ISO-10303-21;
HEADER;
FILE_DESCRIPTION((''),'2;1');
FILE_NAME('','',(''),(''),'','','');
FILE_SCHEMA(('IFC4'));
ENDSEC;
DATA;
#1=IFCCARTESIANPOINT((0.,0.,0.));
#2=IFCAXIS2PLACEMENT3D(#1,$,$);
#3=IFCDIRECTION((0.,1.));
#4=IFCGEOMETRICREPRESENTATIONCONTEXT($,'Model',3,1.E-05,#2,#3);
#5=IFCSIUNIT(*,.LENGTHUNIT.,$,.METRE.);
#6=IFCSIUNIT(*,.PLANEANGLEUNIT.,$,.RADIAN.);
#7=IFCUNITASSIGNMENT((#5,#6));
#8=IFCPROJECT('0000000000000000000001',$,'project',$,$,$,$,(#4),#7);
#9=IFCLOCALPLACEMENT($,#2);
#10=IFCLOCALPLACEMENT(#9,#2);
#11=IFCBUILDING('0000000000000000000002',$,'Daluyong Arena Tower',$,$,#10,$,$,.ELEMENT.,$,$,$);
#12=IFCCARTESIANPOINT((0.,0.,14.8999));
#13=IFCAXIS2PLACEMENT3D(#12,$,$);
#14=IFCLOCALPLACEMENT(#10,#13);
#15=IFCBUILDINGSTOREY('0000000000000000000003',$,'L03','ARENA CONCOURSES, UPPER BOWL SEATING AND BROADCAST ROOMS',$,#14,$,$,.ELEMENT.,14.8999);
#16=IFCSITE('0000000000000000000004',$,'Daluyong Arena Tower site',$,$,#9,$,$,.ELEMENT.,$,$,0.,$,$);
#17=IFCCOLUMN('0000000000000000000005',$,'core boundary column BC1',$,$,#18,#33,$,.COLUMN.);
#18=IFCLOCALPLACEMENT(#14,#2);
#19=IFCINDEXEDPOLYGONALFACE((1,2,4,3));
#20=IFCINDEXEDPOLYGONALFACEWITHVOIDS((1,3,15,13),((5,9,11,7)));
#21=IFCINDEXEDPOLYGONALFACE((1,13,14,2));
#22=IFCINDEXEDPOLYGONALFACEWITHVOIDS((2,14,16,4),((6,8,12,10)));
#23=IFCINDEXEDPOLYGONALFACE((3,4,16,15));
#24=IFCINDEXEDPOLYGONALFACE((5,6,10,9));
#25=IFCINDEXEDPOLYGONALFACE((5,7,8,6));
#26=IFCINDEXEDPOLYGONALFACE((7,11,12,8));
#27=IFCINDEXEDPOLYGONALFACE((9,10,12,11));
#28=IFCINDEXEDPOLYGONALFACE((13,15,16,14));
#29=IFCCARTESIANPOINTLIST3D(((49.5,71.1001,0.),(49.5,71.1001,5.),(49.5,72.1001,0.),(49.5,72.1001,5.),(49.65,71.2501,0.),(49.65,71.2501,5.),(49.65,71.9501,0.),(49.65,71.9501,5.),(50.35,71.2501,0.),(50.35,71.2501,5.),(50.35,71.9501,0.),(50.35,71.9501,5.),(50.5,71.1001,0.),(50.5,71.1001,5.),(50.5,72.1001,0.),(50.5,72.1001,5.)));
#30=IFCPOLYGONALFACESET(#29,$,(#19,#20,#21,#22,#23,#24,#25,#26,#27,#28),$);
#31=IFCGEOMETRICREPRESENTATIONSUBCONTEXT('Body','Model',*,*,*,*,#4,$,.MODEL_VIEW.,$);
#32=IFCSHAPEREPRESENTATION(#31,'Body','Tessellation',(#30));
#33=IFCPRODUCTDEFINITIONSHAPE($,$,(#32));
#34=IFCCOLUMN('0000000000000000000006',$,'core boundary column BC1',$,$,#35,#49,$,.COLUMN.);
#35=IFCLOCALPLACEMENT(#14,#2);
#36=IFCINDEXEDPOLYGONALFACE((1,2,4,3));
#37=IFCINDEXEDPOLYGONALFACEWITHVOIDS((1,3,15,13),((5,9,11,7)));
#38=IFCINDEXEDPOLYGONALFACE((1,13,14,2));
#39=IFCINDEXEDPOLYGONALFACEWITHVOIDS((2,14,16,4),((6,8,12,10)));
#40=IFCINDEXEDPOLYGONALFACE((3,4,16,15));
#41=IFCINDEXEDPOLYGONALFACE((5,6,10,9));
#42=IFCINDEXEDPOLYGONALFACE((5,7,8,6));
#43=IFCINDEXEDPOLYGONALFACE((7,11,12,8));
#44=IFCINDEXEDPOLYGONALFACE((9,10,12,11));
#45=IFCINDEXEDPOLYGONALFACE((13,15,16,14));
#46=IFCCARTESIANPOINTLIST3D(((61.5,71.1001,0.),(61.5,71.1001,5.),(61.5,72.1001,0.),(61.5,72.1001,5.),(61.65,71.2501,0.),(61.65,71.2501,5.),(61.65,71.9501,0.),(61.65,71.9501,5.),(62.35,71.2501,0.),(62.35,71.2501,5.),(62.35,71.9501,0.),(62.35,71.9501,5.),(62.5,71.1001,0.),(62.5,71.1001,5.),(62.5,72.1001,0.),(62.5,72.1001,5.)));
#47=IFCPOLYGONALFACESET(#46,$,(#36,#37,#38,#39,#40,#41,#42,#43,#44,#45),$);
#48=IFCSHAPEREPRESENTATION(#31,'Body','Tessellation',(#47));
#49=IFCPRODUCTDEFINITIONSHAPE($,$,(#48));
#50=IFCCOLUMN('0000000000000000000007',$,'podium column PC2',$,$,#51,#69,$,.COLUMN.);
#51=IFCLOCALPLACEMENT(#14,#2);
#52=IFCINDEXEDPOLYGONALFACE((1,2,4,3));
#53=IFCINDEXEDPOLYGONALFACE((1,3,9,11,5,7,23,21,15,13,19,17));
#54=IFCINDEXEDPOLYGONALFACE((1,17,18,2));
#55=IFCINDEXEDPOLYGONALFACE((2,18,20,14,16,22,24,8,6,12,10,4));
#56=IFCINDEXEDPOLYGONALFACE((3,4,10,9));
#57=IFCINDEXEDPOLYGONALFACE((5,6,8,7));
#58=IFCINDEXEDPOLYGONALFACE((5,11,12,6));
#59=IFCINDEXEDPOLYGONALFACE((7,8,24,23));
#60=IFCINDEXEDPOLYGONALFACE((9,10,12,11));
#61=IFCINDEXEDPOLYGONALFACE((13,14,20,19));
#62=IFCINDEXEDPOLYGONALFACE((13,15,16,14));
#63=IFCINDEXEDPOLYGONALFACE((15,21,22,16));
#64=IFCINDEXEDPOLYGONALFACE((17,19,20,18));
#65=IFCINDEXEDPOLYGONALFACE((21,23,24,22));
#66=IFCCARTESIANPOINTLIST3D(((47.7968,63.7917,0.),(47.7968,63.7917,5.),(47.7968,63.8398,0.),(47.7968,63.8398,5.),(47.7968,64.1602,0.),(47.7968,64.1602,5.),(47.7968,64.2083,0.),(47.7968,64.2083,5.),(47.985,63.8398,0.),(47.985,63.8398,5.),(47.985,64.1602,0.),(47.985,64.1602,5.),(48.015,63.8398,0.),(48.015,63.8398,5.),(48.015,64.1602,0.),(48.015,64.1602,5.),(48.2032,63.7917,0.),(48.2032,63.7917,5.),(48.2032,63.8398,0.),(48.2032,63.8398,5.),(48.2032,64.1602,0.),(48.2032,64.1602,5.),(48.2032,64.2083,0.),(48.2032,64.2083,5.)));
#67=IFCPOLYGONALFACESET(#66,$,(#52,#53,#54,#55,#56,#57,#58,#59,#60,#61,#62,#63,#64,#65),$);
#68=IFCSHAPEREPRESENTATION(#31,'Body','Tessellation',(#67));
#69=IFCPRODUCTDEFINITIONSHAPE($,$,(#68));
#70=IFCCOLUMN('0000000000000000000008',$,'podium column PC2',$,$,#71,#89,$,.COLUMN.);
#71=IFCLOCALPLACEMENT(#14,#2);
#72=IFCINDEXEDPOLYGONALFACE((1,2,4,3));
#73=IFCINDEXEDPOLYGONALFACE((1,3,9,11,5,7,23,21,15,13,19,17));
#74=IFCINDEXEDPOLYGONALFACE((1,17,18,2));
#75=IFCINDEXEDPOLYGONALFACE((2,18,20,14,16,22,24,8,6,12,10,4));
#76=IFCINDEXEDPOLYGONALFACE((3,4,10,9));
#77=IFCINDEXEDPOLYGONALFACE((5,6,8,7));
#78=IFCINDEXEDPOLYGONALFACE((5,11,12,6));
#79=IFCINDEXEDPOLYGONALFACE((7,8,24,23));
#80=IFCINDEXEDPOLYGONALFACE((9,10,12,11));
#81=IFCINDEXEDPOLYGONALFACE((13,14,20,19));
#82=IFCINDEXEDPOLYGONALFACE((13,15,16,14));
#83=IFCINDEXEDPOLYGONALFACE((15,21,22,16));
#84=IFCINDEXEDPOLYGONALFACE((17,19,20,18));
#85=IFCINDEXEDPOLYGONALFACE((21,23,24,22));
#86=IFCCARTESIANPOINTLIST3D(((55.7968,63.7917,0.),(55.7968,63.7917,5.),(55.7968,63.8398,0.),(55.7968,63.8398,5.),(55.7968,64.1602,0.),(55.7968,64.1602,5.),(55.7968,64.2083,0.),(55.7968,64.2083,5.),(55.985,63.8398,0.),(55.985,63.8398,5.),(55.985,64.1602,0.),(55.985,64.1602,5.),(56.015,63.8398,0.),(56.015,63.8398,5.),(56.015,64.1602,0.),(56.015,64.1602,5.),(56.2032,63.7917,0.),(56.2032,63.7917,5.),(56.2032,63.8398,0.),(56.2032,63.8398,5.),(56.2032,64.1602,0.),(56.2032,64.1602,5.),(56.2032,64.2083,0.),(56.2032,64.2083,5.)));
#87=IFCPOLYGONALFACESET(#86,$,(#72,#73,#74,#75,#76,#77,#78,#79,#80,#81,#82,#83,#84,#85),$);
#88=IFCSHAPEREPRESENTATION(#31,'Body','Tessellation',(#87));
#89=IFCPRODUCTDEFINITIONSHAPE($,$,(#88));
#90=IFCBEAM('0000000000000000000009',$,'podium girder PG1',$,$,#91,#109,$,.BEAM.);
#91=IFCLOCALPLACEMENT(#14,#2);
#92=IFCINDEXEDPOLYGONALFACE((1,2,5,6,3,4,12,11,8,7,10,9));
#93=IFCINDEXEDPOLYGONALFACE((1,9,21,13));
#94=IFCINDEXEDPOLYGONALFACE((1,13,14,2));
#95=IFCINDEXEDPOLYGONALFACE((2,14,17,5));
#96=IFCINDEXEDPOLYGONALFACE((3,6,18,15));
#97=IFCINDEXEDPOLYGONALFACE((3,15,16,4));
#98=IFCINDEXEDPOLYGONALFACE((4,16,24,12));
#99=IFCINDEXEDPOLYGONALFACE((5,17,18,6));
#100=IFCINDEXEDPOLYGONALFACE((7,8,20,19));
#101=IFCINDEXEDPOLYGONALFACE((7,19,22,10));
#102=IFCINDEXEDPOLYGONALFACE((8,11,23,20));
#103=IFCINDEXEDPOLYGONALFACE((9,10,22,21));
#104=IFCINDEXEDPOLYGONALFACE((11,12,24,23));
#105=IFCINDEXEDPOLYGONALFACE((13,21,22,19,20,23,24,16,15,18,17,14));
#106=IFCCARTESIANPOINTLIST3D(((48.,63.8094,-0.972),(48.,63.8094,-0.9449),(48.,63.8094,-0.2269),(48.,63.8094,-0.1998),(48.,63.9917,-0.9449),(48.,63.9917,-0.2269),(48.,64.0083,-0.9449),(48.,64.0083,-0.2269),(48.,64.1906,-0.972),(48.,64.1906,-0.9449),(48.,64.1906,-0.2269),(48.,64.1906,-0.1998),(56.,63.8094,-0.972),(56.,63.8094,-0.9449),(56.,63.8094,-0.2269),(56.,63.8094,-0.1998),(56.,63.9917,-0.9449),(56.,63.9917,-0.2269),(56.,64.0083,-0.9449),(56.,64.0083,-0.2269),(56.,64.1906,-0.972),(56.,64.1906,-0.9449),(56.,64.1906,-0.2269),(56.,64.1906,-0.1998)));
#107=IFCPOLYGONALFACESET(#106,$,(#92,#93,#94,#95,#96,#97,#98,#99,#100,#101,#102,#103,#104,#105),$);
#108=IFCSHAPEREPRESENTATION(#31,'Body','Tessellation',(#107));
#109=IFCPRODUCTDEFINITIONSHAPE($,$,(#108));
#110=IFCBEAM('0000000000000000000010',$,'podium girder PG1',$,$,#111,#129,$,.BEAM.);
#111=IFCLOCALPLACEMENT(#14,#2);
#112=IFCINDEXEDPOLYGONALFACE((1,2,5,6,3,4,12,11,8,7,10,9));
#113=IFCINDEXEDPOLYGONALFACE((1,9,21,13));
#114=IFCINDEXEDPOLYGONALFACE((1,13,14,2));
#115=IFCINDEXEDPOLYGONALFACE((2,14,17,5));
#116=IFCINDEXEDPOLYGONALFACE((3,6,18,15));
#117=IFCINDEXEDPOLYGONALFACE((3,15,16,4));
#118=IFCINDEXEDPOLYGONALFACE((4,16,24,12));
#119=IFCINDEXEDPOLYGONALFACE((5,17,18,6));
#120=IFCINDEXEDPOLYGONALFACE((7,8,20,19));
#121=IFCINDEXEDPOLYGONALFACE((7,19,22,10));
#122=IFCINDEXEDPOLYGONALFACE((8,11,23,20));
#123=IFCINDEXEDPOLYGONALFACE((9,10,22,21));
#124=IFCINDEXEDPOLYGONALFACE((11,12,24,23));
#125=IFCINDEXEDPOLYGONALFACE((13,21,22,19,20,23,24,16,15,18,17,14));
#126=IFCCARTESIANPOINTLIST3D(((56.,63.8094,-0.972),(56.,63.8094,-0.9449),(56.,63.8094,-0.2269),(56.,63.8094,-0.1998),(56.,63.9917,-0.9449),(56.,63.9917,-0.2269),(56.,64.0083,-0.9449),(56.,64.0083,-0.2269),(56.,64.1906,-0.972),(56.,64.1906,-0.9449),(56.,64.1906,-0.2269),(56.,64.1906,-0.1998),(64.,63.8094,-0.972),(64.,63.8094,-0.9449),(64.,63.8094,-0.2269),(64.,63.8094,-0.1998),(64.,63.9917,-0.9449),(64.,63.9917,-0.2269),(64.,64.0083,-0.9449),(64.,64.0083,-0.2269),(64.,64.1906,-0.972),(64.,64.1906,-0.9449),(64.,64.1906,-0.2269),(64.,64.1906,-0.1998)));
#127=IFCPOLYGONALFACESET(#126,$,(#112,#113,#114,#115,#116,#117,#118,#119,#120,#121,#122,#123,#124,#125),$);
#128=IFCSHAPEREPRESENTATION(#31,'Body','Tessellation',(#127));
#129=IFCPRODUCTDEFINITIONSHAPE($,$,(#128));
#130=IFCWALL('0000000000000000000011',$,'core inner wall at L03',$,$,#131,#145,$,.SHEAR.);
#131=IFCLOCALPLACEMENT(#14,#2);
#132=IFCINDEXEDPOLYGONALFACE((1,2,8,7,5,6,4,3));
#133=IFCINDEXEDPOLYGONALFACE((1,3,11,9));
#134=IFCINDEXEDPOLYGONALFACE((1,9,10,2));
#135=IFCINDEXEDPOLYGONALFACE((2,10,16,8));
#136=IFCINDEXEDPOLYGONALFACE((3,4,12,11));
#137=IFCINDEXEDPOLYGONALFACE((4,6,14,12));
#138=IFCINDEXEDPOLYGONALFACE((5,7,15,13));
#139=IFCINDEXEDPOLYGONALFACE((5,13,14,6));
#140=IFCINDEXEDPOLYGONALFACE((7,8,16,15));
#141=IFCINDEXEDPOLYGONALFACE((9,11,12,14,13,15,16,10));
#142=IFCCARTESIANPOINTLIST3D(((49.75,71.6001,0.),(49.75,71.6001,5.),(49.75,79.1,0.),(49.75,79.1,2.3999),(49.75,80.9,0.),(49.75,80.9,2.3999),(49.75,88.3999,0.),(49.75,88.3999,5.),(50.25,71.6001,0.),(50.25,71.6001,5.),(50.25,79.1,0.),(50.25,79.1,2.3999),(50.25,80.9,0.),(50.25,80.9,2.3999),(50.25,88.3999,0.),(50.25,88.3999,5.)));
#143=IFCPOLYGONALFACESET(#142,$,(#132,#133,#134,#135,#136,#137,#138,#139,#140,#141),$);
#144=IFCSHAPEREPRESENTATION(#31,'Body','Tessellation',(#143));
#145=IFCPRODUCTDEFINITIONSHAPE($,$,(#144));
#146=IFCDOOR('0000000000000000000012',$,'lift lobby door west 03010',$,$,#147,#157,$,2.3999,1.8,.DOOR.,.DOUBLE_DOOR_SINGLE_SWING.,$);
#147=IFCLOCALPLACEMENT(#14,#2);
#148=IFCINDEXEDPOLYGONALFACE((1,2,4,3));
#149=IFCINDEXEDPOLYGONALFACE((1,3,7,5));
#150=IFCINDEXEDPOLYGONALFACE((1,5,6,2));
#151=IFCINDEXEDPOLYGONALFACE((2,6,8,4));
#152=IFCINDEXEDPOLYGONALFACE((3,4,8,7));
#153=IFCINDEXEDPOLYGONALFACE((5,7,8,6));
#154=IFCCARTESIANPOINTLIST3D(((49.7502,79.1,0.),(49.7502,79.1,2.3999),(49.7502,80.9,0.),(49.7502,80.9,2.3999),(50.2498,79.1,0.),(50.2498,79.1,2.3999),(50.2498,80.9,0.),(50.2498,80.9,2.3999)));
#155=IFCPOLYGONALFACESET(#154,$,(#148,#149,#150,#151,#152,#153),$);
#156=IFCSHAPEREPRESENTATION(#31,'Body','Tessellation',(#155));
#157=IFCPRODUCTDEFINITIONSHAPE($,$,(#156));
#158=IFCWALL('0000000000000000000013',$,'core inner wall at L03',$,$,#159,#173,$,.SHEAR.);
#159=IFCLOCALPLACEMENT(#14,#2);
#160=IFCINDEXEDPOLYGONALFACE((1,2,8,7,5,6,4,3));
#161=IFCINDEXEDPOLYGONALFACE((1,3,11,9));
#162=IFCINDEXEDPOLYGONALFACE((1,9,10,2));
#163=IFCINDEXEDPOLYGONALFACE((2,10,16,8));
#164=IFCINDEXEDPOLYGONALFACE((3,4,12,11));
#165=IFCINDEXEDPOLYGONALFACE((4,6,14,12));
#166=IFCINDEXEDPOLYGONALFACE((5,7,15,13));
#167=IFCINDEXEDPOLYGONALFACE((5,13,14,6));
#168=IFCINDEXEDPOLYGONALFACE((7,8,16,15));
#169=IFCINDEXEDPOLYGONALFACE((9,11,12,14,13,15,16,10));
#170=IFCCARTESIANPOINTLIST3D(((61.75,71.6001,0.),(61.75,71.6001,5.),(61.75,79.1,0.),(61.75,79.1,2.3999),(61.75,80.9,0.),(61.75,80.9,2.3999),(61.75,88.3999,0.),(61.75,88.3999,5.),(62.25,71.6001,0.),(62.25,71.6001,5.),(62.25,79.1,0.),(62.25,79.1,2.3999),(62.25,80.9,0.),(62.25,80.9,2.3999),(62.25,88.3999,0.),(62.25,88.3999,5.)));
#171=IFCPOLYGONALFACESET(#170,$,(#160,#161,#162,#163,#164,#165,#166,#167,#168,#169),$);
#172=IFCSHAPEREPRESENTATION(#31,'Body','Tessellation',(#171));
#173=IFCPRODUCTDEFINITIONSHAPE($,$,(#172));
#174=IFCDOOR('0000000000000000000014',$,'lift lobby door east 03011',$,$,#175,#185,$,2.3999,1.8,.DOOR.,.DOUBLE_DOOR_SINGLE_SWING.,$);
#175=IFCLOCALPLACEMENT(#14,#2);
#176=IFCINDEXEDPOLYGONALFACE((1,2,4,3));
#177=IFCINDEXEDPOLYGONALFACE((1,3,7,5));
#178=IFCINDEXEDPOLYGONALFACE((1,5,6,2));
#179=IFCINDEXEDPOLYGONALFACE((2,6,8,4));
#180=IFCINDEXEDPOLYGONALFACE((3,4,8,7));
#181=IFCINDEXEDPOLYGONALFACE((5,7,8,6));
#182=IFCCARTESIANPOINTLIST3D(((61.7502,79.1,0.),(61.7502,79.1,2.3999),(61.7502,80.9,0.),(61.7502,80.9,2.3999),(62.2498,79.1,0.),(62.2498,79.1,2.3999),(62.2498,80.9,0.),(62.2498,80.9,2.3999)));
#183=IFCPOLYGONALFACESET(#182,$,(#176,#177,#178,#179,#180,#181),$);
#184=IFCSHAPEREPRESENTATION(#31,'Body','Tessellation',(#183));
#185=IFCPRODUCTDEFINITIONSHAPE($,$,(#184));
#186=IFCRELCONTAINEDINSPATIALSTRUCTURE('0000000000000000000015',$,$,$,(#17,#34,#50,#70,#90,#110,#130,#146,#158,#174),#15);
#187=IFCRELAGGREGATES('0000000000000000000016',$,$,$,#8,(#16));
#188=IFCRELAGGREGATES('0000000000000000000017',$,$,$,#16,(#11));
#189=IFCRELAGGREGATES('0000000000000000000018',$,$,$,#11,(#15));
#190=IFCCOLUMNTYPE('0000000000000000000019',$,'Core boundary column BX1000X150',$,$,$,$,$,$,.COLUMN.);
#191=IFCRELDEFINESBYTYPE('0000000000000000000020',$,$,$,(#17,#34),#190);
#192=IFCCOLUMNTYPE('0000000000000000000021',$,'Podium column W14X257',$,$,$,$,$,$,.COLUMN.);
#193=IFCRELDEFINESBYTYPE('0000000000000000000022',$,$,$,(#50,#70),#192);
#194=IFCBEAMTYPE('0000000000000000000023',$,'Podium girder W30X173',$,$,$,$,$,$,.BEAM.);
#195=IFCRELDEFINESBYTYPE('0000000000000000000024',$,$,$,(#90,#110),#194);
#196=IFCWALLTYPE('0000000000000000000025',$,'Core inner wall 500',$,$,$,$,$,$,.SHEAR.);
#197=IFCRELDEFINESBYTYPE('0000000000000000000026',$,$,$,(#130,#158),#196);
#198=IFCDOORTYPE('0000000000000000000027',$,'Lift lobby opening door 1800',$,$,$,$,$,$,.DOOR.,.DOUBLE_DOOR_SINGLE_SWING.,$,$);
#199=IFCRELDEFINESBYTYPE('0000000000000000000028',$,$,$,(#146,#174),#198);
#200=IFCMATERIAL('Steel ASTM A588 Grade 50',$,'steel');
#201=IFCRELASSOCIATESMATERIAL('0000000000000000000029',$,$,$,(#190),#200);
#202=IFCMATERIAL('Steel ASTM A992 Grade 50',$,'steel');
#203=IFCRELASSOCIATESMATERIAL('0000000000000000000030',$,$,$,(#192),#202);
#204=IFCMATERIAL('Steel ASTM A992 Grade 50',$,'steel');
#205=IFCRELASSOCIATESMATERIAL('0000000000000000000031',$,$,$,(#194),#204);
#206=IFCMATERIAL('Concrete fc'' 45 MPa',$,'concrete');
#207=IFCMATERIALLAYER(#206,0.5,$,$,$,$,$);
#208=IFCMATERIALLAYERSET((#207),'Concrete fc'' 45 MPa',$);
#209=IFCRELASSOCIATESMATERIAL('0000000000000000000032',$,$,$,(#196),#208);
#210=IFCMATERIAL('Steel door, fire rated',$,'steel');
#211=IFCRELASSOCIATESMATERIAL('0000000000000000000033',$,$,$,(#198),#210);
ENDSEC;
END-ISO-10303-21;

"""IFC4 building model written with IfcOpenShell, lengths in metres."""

from ifc_helpers import new_model, si_unit, direction, frame, frame_2d, origin, origin_2d, place, context, subcontext, project, spatial, rectangle, hollow_rectangle, i_section, extrude, material, layer, layer_set, material_profile, profile_set, type_object, element, fill, save


model = new_model("IFC4")

# Units and contexts
model_context = context("Model", 3, precision=1e-05, world=origin(), true_north=direction((0.0, 1.0)))
body_context = subcontext(model_context, "Body", "Model", "MODEL_VIEW")
ifc_project = project(units=[si_unit("LENGTHUNIT", "METRE"), si_unit("PLANEANGLEUNIT", "RADIAN")], contexts=[model_context])

# Site, building, storey
site_placement = place(None, origin())
site = spatial("IfcSite", under=ifc_project, at=site_placement, Name="Daluyong Arena Tower site", CompositionType="ELEMENT", RefElevation=0.0)
building_placement = place(site_placement, origin())
building = spatial("IfcBuilding", under=site, at=building_placement, Name="Daluyong Arena Tower", CompositionType="ELEMENT")
storey_placement = place(building_placement, frame((0.0, 0.0, 14.8999)))
storey = spatial("IfcBuildingStorey", under=building, at=storey_placement, Name="L03", Description="ARENA CONCOURSES, UPPER BOWL SEATING AND BROADCAST ROOMS", CompositionType="ELEMENT", Elevation=14.8999)

# Columns
ifc_material_1 = material(Name="Steel ASTM A588 Grade 50", Category="steel")
ifc_material_profile_1 = material_profile(ifc_material_1, hollow_rectangle(XDim=1.0, YDim=1.0, WallThickness=0.15, at=origin_2d()))
ifc_profile_set_1 = profile_set([ifc_material_profile_1], Name="Steel ASTM A588 Grade 50")
column_type_1 = type_object("IfcColumnType", Name="Core boundary column BX1000X150", PredefinedType="COLUMN", material=ifc_profile_set_1)
for number, where, z_axis, x_axis, name in (
    (1, (50.0, 71.6001, 0.0), (0.0, 0.0, 1.0), (1.0, 0.0, 0.0), "core boundary column BC1"),
    (2, (62.0, 71.6001, 0.0), (0.0, 0.0, 1.0), (1.0, 0.0, 0.0), "core boundary column BC1"),
):
    element("IfcColumn", number, at=place(storey_placement, frame(where, z_axis=z_axis, x_axis=x_axis)), inside=storey, type_object=column_type_1, Name=name, PredefinedType="COLUMN", context=body_context, shape_type="SweptSolid", body=[
        extrude(hollow_rectangle(XDim=1.0, YDim=1.0, WallThickness=0.15, at=origin_2d()), origin(), (0.0, 0.0, 1.0), 5.0),
    ])
ifc_material_2 = material(Name="Steel ASTM A992 Grade 50", Category="steel")
ifc_material_profile_2 = material_profile(ifc_material_2, i_section(OverallWidth=0.4065, OverallDepth=0.4165, WebThickness=0.03, FlangeThickness=0.0481, at=origin_2d()))
ifc_profile_set_2 = profile_set([ifc_material_profile_2], Name="Steel ASTM A992 Grade 50")
column_type_2 = type_object("IfcColumnType", Name="Podium column W14X257", PredefinedType="COLUMN", material=ifc_profile_set_2)
for number, where, z_axis, x_axis, name in (
    (3, (48.0, 64.0, 0.0), (0.0, 0.0, 1.0), (1.0, 0.0, 0.0), "podium column PC2"),
    (4, (56.0, 64.0, 0.0), (0.0, 0.0, 1.0), (1.0, 0.0, 0.0), "podium column PC2"),
):
    element("IfcColumn", number, at=place(storey_placement, frame(where, z_axis=z_axis, x_axis=x_axis)), inside=storey, type_object=column_type_2, Name=name, PredefinedType="COLUMN", context=body_context, shape_type="SweptSolid", body=[
        extrude(i_section(OverallWidth=0.4065, OverallDepth=0.4165, WebThickness=0.03, FlangeThickness=0.0481, at=origin_2d()), origin(), (0.0, 0.0, 1.0), 5.0),
    ])

# Beams
ifc_material_3 = material(Name="Steel ASTM A992 Grade 50", Category="steel")
ifc_material_profile_3 = material_profile(ifc_material_3, i_section(OverallWidth=0.3811, OverallDepth=0.7722, WebThickness=0.0166, FlangeThickness=0.0271, at=origin_2d()))
ifc_profile_set_3 = profile_set([ifc_material_profile_3], Name="Steel ASTM A992 Grade 50")
beam_type = type_object("IfcBeamType", Name="Podium girder W30X173", PredefinedType="BEAM", material=ifc_profile_set_3)
for number, where, z_axis, x_axis, name in (
    (5, (48.0, 64.0, -0.5859), (1.0, 0.0, 0.0), (0.0, 1.0, 0.0), "podium girder PG1"),
    (6, (56.0, 64.0, -0.5859), (1.0, 0.0, 0.0), (0.0, 1.0, 0.0), "podium girder PG1"),
):
    element("IfcBeam", number, at=place(storey_placement, frame(where, z_axis=z_axis, x_axis=x_axis)), inside=storey, type_object=beam_type, Name=name, PredefinedType="BEAM", context=body_context, shape_type="SweptSolid", body=[
        extrude(i_section(OverallWidth=0.3811, OverallDepth=0.7722, WebThickness=0.0166, FlangeThickness=0.0271, at=origin_2d()), origin(), (0.0, 0.0, 1.0), 8.0),
    ])

# Walls, openings, doors
ifc_material_4 = material(Name="Concrete fc' 45 MPa", Category="concrete")
ifc_layer_1 = layer(ifc_material_4, 0.5)
ifc_layer_set_1 = layer_set([ifc_layer_1], Name="Concrete fc' 45 MPa")
wall_type_1 = type_object("IfcWallType", Name="Core inner wall 500", PredefinedType="SHEAR", material=ifc_layer_set_1)
wall_1_placement = place(storey_placement, frame((50.0, 71.6001, 0.0), z_axis=(0.0, 0.0, 1.0), x_axis=(0.0, 1.0, 0.0)))
wall_1 = element("IfcWall", 7, at=wall_1_placement, inside=storey, type_object=wall_type_1, Name="core inner wall at L03", PredefinedType="SHEAR", context=body_context, shape_type="SweptSolid", body=[
    extrude(rectangle(XDim=16.7998, YDim=0.5, at=frame_2d((8.3999, 0.0))), origin(), (0.0, 0.0, 1.0), 5.0),
])
opening_1_placement = place(wall_1_placement, frame((7.5, 0.0, 0.0)))
opening_1 = element("IfcOpeningElement", 8, at=opening_1_placement, cuts=wall_1, PredefinedType="OPENING", context=body_context, shape_type="SweptSolid", body=[
    extrude(rectangle(XDim=1.8, YDim=2.3999, at=frame_2d((0.8999, 1.2))), frame((0.0, 0.26, 0.0), z_axis=(0.0, -1.0, 0.0), x_axis=(1.0, 0.0, 0.0)), (0.0, 0.0, 1.0), 0.52),
])
ifc_material_5 = material(Name="Steel door, fire rated", Category="steel")
door_type = type_object("IfcDoorType", Name="Lift lobby opening door 1800", OperationType="DOUBLE_DOOR_SINGLE_SWING", PredefinedType="DOOR", material=ifc_material_5)
door_1_placement = place(opening_1_placement, origin())
door_1 = element("IfcDoor", 9, at=door_1_placement, inside=storey, type_object=door_type, Name="lift lobby door west 03010", OperationType="DOUBLE_DOOR_SINGLE_SWING", OverallHeight=2.3999, OverallWidth=1.8, PredefinedType="DOOR", context=body_context, shape_type="SweptSolid", body=[
    extrude(rectangle(XDim=1.8, YDim=2.3999, at=frame_2d((0.8999, 1.2))), frame((0.0, 0.2498, 0.0), z_axis=(0.0, -1.0, 0.0), x_axis=(1.0, 0.0, 0.0)), (0.0, 0.0, 1.0), 0.4995),
])
fill(opening_1, door_1)
wall_2_placement = place(storey_placement, frame((62.0, 71.6001, 0.0), z_axis=(0.0, 0.0, 1.0), x_axis=(0.0, 1.0, 0.0)))
wall_2 = element("IfcWall", 10, at=wall_2_placement, inside=storey, type_object=wall_type_1, Name="core inner wall at L03", PredefinedType="SHEAR", context=body_context, shape_type="SweptSolid", body=[
    extrude(rectangle(XDim=16.7998, YDim=0.5, at=frame_2d((8.3999, 0.0))), origin(), (0.0, 0.0, 1.0), 5.0),
])
opening_2_placement = place(wall_2_placement, frame((7.5, 0.0, 0.0)))
opening_2 = element("IfcOpeningElement", 11, at=opening_2_placement, cuts=wall_2, PredefinedType="OPENING", context=body_context, shape_type="SweptSolid", body=[
    extrude(rectangle(XDim=1.8, YDim=2.3999, at=frame_2d((0.8999, 1.2))), frame((0.0, 0.26, 0.0), z_axis=(0.0, -1.0, 0.0), x_axis=(1.0, 0.0, 0.0)), (0.0, 0.0, 1.0), 0.52),
])
door_2_placement = place(opening_2_placement, origin())
door_2 = element("IfcDoor", 12, at=door_2_placement, inside=storey, type_object=door_type, Name="lift lobby door east 03011", OperationType="DOUBLE_DOOR_SINGLE_SWING", OverallHeight=2.3999, OverallWidth=1.8, PredefinedType="DOOR", context=body_context, shape_type="SweptSolid", body=[
    extrude(rectangle(XDim=1.8, YDim=2.3999, at=frame_2d((0.8999, 1.2))), frame((0.0, 0.2498, 0.0), z_axis=(0.0, -1.0, 0.0), x_axis=(1.0, 0.0, 0.0)), (0.0, 0.0, 1.0), 0.4995),
])
fill(opening_2, door_2)

save(model, "model.ifc")
